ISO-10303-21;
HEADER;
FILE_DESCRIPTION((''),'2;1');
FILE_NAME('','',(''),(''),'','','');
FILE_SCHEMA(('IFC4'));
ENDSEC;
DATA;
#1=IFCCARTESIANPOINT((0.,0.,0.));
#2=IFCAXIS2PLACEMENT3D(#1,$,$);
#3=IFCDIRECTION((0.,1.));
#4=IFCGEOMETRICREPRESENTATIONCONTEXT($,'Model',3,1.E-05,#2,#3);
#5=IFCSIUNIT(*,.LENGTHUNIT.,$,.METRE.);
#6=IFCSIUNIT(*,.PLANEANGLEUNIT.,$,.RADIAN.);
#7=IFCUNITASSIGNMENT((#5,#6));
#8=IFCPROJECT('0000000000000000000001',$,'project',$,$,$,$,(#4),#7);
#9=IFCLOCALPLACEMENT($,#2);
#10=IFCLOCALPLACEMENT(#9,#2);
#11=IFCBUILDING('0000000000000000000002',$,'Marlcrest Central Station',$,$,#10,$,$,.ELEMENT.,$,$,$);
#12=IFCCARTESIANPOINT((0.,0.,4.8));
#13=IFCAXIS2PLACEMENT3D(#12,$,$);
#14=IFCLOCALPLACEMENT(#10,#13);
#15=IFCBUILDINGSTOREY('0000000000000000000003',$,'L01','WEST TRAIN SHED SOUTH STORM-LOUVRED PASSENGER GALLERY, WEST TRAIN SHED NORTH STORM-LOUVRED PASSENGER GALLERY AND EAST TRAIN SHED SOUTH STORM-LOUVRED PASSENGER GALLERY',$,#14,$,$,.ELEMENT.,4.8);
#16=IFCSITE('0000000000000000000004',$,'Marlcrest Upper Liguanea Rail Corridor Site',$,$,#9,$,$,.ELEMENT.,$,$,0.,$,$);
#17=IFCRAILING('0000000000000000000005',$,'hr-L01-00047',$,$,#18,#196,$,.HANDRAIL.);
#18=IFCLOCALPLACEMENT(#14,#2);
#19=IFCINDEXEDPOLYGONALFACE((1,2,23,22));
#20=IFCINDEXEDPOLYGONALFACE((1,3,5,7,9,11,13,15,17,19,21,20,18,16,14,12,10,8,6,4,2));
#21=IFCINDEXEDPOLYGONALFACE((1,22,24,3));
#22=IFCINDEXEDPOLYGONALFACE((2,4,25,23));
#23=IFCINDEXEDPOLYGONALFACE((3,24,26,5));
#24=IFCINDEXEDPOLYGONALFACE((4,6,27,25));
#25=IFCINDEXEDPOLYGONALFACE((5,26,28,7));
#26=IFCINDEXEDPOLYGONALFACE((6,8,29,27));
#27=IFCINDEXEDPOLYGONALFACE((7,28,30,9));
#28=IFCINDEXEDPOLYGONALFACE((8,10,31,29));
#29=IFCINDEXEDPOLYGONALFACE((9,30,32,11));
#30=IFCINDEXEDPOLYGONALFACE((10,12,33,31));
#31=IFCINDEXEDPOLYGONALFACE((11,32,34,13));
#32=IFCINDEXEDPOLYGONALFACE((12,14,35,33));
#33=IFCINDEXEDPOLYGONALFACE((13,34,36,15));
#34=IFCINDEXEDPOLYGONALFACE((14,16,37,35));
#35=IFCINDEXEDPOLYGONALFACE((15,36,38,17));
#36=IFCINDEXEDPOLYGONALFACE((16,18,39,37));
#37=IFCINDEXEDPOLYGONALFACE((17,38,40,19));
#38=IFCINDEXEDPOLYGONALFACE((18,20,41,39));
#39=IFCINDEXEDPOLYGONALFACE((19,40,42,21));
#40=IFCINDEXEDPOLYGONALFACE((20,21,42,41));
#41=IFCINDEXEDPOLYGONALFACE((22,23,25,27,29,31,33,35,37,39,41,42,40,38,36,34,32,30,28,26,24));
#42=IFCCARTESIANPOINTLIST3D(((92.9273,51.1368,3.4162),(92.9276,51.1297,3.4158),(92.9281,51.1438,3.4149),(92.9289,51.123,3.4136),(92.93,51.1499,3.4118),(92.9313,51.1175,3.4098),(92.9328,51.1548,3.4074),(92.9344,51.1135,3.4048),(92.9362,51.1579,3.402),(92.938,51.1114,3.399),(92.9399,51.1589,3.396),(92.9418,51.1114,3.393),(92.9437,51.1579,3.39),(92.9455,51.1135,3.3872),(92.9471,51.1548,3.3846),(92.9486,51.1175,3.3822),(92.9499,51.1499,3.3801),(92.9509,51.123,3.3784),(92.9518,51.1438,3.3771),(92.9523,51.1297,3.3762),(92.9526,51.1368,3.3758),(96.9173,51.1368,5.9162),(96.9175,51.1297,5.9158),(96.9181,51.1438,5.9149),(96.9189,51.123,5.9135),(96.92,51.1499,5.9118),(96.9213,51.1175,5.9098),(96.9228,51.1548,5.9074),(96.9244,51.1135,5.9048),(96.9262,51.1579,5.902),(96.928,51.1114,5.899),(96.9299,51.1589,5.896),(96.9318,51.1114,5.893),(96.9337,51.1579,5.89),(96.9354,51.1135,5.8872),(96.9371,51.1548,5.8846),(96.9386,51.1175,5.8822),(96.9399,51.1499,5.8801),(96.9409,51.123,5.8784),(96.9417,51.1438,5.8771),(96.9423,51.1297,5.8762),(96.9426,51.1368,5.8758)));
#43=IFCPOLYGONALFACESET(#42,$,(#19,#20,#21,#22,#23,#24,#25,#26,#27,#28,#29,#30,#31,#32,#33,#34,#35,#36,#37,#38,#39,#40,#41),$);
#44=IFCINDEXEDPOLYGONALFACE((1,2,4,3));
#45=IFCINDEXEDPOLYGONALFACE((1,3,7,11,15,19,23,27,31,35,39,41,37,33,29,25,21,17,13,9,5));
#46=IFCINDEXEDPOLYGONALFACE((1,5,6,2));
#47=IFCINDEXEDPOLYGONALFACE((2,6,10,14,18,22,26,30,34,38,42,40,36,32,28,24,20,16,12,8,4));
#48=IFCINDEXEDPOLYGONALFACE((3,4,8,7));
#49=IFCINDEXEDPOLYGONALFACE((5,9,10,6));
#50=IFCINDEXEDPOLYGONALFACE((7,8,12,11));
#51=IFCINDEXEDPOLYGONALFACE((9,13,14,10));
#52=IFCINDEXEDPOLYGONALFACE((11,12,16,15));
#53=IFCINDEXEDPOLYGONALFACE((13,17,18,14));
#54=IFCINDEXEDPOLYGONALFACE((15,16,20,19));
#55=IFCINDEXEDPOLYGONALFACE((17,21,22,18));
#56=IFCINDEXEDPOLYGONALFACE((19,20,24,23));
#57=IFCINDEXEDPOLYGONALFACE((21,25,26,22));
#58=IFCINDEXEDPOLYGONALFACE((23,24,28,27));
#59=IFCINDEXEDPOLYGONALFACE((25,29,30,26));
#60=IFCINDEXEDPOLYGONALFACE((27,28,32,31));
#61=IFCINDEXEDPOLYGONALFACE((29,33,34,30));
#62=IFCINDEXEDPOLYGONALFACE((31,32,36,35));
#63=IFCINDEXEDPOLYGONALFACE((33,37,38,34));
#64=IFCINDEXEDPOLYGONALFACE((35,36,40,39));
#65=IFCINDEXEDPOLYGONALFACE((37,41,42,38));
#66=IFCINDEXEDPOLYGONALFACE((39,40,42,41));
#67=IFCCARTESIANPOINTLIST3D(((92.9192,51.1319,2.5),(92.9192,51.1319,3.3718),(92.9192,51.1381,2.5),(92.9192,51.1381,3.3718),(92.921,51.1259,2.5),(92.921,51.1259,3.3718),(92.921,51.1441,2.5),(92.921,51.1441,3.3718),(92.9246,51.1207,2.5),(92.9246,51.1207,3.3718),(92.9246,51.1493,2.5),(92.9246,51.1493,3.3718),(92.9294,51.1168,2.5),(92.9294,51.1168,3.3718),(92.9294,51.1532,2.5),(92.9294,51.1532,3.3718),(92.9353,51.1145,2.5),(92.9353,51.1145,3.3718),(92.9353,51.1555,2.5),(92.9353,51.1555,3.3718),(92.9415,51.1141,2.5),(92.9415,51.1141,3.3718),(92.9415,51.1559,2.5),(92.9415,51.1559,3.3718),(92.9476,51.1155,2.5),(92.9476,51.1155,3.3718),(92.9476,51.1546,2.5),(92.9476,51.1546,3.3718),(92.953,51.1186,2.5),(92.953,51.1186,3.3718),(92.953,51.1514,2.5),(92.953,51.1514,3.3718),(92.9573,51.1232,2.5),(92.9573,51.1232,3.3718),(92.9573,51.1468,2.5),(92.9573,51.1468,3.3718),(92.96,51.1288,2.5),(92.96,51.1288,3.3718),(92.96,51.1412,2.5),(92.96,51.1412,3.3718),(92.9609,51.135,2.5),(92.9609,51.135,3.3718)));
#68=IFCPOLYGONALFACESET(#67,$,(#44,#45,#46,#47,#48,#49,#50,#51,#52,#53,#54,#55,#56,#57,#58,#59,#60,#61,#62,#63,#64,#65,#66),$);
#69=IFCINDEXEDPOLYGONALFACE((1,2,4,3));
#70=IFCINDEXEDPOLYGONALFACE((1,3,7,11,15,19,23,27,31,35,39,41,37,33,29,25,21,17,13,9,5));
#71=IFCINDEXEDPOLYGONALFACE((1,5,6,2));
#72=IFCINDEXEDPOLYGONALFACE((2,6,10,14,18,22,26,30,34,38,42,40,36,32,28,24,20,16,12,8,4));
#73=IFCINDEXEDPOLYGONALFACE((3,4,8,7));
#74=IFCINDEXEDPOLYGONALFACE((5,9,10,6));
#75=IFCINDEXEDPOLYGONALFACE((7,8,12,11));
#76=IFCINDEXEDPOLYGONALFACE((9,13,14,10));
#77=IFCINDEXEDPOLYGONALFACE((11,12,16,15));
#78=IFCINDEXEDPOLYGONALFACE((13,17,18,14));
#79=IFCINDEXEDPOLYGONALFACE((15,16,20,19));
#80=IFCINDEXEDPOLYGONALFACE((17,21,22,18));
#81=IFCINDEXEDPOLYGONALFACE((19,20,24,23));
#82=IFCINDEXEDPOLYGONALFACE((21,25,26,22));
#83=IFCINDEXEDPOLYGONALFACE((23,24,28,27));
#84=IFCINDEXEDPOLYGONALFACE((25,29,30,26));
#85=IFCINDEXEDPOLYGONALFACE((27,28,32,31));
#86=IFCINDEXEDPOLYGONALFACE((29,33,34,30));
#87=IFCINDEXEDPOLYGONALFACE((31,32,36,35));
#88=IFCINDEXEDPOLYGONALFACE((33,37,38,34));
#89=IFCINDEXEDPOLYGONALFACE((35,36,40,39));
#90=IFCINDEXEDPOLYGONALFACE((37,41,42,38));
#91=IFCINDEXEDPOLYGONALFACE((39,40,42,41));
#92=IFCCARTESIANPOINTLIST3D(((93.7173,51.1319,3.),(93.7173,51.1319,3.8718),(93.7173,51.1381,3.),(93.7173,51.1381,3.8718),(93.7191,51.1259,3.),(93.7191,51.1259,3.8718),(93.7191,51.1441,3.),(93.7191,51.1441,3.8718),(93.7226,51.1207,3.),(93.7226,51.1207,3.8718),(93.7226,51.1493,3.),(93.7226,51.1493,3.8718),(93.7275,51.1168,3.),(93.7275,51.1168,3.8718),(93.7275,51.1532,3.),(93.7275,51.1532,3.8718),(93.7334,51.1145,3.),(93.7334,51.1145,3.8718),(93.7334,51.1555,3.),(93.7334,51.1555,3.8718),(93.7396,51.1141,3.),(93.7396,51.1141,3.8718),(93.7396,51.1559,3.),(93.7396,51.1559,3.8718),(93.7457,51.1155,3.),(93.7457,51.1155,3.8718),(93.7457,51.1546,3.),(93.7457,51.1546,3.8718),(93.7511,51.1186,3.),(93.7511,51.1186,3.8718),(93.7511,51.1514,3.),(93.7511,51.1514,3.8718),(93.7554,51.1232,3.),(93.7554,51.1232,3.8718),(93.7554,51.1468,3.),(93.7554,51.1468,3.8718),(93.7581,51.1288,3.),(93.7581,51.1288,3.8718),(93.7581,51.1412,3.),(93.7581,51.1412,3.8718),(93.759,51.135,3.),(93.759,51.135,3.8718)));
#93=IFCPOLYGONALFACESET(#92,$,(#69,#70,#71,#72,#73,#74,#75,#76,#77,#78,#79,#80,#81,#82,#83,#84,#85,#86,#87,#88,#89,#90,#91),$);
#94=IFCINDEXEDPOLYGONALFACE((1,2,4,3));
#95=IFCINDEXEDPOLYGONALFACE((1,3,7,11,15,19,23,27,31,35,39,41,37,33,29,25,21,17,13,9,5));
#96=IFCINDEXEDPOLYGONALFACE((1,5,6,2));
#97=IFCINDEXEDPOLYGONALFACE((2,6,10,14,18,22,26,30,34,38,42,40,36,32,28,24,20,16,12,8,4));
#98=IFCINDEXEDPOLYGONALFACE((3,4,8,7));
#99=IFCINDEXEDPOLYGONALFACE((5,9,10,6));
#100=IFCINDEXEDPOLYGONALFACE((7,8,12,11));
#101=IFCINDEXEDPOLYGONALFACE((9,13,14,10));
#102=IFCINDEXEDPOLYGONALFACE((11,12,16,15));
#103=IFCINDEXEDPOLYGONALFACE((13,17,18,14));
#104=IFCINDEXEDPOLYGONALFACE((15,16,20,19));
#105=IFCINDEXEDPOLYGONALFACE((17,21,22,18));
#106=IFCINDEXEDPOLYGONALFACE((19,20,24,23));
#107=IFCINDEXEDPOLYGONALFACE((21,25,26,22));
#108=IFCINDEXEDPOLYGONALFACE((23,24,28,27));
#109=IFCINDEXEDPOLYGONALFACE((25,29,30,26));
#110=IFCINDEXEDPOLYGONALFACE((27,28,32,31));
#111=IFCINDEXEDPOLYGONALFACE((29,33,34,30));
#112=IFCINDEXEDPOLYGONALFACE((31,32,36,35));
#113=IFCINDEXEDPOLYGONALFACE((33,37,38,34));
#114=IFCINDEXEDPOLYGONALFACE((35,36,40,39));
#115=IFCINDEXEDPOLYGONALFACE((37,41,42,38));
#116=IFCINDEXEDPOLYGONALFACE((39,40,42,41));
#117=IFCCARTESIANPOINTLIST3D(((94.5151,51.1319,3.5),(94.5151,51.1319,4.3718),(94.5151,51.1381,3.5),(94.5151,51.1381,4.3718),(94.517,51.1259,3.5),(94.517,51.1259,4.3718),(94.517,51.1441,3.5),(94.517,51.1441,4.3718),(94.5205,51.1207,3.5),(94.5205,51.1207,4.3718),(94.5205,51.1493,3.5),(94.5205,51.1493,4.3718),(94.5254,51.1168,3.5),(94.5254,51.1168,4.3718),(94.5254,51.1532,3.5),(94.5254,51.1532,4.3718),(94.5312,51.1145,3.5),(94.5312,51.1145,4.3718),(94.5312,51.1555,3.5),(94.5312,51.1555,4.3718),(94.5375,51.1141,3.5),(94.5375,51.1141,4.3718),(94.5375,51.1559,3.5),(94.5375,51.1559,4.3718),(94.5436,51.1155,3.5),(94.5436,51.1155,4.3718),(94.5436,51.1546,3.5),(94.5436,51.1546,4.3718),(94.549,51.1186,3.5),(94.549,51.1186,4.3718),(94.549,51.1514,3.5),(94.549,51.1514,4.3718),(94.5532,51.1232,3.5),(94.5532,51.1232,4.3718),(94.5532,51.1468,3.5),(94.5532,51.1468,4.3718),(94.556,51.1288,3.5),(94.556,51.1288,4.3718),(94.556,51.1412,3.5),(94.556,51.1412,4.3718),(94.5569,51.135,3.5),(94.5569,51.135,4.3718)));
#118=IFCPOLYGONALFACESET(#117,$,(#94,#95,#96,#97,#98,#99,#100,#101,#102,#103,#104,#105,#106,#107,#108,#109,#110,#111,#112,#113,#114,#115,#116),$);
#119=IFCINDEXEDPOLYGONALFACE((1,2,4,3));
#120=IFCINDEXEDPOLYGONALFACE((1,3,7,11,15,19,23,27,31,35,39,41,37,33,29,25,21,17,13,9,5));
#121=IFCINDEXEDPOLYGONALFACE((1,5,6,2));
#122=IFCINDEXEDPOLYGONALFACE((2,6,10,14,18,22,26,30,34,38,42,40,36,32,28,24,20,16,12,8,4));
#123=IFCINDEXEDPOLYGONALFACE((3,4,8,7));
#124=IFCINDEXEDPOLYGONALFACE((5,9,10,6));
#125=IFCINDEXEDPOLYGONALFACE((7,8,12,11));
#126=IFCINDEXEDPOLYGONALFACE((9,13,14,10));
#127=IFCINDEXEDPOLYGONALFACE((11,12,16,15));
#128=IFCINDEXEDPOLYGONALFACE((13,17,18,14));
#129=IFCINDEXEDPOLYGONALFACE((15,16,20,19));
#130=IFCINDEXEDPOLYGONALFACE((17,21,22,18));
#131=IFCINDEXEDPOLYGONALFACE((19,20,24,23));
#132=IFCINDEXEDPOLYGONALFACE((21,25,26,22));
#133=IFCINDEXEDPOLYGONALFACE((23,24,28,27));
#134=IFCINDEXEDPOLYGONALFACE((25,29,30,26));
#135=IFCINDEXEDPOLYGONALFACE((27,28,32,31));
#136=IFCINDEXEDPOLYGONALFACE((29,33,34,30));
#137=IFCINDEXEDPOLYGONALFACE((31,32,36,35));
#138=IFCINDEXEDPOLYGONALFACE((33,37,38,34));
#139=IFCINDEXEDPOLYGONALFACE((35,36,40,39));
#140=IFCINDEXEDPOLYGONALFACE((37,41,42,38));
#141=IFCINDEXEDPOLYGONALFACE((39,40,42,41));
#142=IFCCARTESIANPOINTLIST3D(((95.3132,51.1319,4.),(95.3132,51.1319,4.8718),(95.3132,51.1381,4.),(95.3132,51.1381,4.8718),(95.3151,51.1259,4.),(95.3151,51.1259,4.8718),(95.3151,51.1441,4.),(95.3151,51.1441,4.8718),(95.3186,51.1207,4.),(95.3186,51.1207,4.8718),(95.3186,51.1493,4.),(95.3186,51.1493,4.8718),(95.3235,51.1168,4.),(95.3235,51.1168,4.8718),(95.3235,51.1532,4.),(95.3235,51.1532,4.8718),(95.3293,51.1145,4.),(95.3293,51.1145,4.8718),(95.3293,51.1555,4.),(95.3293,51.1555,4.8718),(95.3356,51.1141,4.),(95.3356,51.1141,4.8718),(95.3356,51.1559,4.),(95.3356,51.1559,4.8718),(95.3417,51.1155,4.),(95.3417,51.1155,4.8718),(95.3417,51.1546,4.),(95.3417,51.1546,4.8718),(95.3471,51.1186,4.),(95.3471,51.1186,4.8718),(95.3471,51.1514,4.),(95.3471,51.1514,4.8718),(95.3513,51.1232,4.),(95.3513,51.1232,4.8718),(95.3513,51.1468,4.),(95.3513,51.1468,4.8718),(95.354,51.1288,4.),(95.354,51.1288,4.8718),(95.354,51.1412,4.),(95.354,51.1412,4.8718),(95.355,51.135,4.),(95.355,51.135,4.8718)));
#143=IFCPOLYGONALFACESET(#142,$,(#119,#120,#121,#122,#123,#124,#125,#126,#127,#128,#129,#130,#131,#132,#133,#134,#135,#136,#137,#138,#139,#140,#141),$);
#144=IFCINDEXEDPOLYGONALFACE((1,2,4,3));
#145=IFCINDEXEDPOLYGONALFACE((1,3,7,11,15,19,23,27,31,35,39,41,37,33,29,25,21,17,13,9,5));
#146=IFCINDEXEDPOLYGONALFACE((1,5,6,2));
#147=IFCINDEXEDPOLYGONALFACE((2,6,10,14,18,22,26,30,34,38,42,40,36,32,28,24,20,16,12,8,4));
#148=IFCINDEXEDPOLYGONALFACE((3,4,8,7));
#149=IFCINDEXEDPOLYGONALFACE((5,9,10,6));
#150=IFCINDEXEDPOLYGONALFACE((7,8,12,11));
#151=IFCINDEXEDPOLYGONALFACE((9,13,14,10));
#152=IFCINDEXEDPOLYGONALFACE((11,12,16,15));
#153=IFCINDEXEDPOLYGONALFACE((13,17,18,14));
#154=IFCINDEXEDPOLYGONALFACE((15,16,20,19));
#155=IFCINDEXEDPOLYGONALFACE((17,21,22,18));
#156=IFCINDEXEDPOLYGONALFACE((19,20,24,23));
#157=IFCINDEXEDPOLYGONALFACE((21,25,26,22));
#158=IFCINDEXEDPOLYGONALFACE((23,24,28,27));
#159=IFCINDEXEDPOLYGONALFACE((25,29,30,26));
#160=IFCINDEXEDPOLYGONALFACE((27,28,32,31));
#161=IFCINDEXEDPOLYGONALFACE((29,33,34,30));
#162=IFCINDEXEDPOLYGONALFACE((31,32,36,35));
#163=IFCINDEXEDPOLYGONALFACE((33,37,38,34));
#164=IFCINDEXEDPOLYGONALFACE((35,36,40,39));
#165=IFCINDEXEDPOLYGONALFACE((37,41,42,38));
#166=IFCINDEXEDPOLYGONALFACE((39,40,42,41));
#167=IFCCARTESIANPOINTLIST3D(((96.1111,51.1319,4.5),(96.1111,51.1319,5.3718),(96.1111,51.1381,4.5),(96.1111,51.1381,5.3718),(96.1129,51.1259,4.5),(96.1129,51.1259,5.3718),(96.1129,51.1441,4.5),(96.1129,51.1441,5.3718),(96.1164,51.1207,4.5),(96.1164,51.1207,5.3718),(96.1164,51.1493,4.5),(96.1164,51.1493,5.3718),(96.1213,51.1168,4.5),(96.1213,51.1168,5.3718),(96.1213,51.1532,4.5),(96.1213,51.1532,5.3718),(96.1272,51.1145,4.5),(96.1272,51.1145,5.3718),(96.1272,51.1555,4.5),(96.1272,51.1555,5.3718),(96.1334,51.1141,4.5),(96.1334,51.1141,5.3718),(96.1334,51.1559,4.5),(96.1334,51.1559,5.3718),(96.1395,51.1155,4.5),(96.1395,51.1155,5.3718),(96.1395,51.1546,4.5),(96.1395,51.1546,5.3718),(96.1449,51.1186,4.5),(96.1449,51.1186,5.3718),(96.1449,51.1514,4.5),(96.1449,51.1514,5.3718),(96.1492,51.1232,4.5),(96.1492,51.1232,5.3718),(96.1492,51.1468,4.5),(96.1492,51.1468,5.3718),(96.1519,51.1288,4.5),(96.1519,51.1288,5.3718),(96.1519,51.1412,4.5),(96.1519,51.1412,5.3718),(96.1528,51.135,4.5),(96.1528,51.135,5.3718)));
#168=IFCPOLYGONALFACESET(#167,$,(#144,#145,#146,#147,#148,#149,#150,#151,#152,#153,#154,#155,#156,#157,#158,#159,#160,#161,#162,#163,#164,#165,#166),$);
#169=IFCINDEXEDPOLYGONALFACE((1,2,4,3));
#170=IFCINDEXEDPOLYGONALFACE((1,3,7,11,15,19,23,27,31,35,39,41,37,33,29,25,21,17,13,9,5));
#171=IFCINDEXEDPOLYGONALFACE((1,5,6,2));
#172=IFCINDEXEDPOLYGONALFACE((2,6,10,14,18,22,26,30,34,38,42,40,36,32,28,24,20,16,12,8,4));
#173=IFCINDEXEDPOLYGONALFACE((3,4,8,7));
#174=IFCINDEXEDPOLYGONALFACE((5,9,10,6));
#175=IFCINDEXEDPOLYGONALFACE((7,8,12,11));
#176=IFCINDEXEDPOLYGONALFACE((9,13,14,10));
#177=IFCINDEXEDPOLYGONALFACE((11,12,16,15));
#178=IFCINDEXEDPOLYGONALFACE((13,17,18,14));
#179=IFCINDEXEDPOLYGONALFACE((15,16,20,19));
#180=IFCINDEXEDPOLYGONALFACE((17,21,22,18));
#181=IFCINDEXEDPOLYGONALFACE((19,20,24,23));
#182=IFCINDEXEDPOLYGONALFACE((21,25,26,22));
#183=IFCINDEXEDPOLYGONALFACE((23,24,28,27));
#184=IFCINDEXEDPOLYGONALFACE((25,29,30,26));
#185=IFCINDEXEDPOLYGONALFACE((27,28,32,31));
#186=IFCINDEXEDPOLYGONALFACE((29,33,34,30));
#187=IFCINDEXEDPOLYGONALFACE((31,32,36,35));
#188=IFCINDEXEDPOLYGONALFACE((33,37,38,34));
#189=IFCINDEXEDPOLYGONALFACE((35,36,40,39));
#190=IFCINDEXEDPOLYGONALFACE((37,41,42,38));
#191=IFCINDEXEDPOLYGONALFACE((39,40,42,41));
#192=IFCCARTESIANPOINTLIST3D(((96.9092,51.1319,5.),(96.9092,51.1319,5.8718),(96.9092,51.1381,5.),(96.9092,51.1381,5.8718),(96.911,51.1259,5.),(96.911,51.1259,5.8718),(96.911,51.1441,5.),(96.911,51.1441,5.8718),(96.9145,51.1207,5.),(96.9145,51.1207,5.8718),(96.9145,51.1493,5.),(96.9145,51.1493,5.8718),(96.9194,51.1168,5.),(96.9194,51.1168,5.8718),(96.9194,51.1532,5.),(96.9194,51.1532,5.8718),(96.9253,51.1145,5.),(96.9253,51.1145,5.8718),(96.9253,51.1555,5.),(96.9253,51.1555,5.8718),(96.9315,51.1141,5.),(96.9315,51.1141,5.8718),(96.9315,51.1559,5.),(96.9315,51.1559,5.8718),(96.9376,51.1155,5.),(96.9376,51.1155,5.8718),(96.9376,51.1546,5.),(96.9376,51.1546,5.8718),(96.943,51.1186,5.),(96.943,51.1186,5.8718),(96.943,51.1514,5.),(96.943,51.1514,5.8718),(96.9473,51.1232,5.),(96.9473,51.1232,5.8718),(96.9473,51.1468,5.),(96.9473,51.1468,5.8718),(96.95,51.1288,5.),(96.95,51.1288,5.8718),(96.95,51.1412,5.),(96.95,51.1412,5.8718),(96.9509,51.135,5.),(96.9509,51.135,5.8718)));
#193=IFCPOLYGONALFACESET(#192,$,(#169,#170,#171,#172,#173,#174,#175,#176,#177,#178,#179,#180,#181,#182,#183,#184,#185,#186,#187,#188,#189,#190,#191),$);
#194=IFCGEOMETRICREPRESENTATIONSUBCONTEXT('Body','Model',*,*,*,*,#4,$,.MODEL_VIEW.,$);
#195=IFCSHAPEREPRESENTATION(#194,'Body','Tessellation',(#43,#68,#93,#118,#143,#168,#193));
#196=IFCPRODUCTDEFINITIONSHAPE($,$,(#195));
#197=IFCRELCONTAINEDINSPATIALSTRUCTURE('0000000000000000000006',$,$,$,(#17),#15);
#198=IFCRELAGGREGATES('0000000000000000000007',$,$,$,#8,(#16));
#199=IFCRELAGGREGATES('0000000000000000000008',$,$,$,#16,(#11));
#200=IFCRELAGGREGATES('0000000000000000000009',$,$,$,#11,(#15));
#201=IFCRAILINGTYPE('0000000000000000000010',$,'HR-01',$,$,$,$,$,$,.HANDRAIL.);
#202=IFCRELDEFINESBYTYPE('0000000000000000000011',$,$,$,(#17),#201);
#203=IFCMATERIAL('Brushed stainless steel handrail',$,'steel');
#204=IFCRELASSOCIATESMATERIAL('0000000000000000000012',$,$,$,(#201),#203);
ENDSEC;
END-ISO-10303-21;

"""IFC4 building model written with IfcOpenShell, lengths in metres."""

from ifc_helpers import new_model, si_unit, direction, frame, origin, origin_2d, place, context, subcontext, project, spatial, circle, extrude, material, type_object, element, save


model = new_model("IFC4")

# Units and contexts
model_context = context("Model", 3, precision=1e-05, world=origin(), true_north=direction((0.0, 1.0)))
body_context = subcontext(model_context, "Body", "Model", "MODEL_VIEW")
ifc_project = project(units=[si_unit("LENGTHUNIT", "METRE"), si_unit("PLANEANGLEUNIT", "RADIAN")], contexts=[model_context])

# Site, building, storey
site_placement = place(None, origin())
site = spatial("IfcSite", under=ifc_project, at=site_placement, Name="Marlcrest Upper Liguanea Rail Corridor Site", CompositionType="ELEMENT", RefElevation=0.0)
building_placement = place(site_placement, origin())
building = spatial("IfcBuilding", under=site, at=building_placement, Name="Marlcrest Central Station", CompositionType="ELEMENT")
storey_placement = place(building_placement, frame((0.0, 0.0, 4.8)))
storey = spatial("IfcBuildingStorey", under=building, at=storey_placement, Name="L01", Description="WEST TRAIN SHED SOUTH STORM-LOUVRED PASSENGER GALLERY, WEST TRAIN SHED NORTH STORM-LOUVRED PASSENGER GALLERY AND EAST TRAIN SHED SOUTH STORM-LOUVRED PASSENGER GALLERY", CompositionType="ELEMENT", Elevation=4.8)

# Railing
ifc_material_1 = material(Name="Brushed stainless steel handrail", Category="steel")
railing_type_1 = type_object("IfcRailingType", Name="HR-01", PredefinedType="HANDRAIL", material=ifc_material_1)
for number, where, name in (
    (1, (92.9399, 51.135, 2.5), "hr-L01-00047"),
):
    element("IfcRailing", number, at=place(storey_placement, frame(where)), inside=storey, type_object=railing_type_1, Name=name, PredefinedType="HANDRAIL", context=body_context, shape_type="SweptSolid", body=[
        extrude(circle(Radius=0.0239, at=origin_2d()), frame((0.0, 0.0, 0.896), z_axis=(0.847401, 0.0, 0.530954), x_axis=(0.0, 1.0, 0.0)), (0.0, 0.0, 1.0), 4.7085),
        extrude(circle(Radius=0.021, at=origin_2d()), origin(), (0.0, 0.0, 1.0), 0.8718),
        extrude(circle(Radius=0.021, at=origin_2d()), frame((0.7981, 0.0, 0.5)), (0.0, 0.0, 1.0), 0.8718),
        extrude(circle(Radius=0.021, at=origin_2d()), frame((1.5959, 0.0, 1.0)), (0.0, 0.0, 1.0), 0.8718),
        extrude(circle(Radius=0.021, at=origin_2d()), frame((2.394, 0.0, 1.5)), (0.0, 0.0, 1.0), 0.8718),
        extrude(circle(Radius=0.021, at=origin_2d()), frame((3.1919, 0.0, 2.0)), (0.0, 0.0, 1.0), 0.8718),
        extrude(circle(Radius=0.021, at=origin_2d()), frame((3.99, 0.0, 2.5)), (0.0, 0.0, 1.0), 0.8718),
    ])

save(model, "model.ifc")
